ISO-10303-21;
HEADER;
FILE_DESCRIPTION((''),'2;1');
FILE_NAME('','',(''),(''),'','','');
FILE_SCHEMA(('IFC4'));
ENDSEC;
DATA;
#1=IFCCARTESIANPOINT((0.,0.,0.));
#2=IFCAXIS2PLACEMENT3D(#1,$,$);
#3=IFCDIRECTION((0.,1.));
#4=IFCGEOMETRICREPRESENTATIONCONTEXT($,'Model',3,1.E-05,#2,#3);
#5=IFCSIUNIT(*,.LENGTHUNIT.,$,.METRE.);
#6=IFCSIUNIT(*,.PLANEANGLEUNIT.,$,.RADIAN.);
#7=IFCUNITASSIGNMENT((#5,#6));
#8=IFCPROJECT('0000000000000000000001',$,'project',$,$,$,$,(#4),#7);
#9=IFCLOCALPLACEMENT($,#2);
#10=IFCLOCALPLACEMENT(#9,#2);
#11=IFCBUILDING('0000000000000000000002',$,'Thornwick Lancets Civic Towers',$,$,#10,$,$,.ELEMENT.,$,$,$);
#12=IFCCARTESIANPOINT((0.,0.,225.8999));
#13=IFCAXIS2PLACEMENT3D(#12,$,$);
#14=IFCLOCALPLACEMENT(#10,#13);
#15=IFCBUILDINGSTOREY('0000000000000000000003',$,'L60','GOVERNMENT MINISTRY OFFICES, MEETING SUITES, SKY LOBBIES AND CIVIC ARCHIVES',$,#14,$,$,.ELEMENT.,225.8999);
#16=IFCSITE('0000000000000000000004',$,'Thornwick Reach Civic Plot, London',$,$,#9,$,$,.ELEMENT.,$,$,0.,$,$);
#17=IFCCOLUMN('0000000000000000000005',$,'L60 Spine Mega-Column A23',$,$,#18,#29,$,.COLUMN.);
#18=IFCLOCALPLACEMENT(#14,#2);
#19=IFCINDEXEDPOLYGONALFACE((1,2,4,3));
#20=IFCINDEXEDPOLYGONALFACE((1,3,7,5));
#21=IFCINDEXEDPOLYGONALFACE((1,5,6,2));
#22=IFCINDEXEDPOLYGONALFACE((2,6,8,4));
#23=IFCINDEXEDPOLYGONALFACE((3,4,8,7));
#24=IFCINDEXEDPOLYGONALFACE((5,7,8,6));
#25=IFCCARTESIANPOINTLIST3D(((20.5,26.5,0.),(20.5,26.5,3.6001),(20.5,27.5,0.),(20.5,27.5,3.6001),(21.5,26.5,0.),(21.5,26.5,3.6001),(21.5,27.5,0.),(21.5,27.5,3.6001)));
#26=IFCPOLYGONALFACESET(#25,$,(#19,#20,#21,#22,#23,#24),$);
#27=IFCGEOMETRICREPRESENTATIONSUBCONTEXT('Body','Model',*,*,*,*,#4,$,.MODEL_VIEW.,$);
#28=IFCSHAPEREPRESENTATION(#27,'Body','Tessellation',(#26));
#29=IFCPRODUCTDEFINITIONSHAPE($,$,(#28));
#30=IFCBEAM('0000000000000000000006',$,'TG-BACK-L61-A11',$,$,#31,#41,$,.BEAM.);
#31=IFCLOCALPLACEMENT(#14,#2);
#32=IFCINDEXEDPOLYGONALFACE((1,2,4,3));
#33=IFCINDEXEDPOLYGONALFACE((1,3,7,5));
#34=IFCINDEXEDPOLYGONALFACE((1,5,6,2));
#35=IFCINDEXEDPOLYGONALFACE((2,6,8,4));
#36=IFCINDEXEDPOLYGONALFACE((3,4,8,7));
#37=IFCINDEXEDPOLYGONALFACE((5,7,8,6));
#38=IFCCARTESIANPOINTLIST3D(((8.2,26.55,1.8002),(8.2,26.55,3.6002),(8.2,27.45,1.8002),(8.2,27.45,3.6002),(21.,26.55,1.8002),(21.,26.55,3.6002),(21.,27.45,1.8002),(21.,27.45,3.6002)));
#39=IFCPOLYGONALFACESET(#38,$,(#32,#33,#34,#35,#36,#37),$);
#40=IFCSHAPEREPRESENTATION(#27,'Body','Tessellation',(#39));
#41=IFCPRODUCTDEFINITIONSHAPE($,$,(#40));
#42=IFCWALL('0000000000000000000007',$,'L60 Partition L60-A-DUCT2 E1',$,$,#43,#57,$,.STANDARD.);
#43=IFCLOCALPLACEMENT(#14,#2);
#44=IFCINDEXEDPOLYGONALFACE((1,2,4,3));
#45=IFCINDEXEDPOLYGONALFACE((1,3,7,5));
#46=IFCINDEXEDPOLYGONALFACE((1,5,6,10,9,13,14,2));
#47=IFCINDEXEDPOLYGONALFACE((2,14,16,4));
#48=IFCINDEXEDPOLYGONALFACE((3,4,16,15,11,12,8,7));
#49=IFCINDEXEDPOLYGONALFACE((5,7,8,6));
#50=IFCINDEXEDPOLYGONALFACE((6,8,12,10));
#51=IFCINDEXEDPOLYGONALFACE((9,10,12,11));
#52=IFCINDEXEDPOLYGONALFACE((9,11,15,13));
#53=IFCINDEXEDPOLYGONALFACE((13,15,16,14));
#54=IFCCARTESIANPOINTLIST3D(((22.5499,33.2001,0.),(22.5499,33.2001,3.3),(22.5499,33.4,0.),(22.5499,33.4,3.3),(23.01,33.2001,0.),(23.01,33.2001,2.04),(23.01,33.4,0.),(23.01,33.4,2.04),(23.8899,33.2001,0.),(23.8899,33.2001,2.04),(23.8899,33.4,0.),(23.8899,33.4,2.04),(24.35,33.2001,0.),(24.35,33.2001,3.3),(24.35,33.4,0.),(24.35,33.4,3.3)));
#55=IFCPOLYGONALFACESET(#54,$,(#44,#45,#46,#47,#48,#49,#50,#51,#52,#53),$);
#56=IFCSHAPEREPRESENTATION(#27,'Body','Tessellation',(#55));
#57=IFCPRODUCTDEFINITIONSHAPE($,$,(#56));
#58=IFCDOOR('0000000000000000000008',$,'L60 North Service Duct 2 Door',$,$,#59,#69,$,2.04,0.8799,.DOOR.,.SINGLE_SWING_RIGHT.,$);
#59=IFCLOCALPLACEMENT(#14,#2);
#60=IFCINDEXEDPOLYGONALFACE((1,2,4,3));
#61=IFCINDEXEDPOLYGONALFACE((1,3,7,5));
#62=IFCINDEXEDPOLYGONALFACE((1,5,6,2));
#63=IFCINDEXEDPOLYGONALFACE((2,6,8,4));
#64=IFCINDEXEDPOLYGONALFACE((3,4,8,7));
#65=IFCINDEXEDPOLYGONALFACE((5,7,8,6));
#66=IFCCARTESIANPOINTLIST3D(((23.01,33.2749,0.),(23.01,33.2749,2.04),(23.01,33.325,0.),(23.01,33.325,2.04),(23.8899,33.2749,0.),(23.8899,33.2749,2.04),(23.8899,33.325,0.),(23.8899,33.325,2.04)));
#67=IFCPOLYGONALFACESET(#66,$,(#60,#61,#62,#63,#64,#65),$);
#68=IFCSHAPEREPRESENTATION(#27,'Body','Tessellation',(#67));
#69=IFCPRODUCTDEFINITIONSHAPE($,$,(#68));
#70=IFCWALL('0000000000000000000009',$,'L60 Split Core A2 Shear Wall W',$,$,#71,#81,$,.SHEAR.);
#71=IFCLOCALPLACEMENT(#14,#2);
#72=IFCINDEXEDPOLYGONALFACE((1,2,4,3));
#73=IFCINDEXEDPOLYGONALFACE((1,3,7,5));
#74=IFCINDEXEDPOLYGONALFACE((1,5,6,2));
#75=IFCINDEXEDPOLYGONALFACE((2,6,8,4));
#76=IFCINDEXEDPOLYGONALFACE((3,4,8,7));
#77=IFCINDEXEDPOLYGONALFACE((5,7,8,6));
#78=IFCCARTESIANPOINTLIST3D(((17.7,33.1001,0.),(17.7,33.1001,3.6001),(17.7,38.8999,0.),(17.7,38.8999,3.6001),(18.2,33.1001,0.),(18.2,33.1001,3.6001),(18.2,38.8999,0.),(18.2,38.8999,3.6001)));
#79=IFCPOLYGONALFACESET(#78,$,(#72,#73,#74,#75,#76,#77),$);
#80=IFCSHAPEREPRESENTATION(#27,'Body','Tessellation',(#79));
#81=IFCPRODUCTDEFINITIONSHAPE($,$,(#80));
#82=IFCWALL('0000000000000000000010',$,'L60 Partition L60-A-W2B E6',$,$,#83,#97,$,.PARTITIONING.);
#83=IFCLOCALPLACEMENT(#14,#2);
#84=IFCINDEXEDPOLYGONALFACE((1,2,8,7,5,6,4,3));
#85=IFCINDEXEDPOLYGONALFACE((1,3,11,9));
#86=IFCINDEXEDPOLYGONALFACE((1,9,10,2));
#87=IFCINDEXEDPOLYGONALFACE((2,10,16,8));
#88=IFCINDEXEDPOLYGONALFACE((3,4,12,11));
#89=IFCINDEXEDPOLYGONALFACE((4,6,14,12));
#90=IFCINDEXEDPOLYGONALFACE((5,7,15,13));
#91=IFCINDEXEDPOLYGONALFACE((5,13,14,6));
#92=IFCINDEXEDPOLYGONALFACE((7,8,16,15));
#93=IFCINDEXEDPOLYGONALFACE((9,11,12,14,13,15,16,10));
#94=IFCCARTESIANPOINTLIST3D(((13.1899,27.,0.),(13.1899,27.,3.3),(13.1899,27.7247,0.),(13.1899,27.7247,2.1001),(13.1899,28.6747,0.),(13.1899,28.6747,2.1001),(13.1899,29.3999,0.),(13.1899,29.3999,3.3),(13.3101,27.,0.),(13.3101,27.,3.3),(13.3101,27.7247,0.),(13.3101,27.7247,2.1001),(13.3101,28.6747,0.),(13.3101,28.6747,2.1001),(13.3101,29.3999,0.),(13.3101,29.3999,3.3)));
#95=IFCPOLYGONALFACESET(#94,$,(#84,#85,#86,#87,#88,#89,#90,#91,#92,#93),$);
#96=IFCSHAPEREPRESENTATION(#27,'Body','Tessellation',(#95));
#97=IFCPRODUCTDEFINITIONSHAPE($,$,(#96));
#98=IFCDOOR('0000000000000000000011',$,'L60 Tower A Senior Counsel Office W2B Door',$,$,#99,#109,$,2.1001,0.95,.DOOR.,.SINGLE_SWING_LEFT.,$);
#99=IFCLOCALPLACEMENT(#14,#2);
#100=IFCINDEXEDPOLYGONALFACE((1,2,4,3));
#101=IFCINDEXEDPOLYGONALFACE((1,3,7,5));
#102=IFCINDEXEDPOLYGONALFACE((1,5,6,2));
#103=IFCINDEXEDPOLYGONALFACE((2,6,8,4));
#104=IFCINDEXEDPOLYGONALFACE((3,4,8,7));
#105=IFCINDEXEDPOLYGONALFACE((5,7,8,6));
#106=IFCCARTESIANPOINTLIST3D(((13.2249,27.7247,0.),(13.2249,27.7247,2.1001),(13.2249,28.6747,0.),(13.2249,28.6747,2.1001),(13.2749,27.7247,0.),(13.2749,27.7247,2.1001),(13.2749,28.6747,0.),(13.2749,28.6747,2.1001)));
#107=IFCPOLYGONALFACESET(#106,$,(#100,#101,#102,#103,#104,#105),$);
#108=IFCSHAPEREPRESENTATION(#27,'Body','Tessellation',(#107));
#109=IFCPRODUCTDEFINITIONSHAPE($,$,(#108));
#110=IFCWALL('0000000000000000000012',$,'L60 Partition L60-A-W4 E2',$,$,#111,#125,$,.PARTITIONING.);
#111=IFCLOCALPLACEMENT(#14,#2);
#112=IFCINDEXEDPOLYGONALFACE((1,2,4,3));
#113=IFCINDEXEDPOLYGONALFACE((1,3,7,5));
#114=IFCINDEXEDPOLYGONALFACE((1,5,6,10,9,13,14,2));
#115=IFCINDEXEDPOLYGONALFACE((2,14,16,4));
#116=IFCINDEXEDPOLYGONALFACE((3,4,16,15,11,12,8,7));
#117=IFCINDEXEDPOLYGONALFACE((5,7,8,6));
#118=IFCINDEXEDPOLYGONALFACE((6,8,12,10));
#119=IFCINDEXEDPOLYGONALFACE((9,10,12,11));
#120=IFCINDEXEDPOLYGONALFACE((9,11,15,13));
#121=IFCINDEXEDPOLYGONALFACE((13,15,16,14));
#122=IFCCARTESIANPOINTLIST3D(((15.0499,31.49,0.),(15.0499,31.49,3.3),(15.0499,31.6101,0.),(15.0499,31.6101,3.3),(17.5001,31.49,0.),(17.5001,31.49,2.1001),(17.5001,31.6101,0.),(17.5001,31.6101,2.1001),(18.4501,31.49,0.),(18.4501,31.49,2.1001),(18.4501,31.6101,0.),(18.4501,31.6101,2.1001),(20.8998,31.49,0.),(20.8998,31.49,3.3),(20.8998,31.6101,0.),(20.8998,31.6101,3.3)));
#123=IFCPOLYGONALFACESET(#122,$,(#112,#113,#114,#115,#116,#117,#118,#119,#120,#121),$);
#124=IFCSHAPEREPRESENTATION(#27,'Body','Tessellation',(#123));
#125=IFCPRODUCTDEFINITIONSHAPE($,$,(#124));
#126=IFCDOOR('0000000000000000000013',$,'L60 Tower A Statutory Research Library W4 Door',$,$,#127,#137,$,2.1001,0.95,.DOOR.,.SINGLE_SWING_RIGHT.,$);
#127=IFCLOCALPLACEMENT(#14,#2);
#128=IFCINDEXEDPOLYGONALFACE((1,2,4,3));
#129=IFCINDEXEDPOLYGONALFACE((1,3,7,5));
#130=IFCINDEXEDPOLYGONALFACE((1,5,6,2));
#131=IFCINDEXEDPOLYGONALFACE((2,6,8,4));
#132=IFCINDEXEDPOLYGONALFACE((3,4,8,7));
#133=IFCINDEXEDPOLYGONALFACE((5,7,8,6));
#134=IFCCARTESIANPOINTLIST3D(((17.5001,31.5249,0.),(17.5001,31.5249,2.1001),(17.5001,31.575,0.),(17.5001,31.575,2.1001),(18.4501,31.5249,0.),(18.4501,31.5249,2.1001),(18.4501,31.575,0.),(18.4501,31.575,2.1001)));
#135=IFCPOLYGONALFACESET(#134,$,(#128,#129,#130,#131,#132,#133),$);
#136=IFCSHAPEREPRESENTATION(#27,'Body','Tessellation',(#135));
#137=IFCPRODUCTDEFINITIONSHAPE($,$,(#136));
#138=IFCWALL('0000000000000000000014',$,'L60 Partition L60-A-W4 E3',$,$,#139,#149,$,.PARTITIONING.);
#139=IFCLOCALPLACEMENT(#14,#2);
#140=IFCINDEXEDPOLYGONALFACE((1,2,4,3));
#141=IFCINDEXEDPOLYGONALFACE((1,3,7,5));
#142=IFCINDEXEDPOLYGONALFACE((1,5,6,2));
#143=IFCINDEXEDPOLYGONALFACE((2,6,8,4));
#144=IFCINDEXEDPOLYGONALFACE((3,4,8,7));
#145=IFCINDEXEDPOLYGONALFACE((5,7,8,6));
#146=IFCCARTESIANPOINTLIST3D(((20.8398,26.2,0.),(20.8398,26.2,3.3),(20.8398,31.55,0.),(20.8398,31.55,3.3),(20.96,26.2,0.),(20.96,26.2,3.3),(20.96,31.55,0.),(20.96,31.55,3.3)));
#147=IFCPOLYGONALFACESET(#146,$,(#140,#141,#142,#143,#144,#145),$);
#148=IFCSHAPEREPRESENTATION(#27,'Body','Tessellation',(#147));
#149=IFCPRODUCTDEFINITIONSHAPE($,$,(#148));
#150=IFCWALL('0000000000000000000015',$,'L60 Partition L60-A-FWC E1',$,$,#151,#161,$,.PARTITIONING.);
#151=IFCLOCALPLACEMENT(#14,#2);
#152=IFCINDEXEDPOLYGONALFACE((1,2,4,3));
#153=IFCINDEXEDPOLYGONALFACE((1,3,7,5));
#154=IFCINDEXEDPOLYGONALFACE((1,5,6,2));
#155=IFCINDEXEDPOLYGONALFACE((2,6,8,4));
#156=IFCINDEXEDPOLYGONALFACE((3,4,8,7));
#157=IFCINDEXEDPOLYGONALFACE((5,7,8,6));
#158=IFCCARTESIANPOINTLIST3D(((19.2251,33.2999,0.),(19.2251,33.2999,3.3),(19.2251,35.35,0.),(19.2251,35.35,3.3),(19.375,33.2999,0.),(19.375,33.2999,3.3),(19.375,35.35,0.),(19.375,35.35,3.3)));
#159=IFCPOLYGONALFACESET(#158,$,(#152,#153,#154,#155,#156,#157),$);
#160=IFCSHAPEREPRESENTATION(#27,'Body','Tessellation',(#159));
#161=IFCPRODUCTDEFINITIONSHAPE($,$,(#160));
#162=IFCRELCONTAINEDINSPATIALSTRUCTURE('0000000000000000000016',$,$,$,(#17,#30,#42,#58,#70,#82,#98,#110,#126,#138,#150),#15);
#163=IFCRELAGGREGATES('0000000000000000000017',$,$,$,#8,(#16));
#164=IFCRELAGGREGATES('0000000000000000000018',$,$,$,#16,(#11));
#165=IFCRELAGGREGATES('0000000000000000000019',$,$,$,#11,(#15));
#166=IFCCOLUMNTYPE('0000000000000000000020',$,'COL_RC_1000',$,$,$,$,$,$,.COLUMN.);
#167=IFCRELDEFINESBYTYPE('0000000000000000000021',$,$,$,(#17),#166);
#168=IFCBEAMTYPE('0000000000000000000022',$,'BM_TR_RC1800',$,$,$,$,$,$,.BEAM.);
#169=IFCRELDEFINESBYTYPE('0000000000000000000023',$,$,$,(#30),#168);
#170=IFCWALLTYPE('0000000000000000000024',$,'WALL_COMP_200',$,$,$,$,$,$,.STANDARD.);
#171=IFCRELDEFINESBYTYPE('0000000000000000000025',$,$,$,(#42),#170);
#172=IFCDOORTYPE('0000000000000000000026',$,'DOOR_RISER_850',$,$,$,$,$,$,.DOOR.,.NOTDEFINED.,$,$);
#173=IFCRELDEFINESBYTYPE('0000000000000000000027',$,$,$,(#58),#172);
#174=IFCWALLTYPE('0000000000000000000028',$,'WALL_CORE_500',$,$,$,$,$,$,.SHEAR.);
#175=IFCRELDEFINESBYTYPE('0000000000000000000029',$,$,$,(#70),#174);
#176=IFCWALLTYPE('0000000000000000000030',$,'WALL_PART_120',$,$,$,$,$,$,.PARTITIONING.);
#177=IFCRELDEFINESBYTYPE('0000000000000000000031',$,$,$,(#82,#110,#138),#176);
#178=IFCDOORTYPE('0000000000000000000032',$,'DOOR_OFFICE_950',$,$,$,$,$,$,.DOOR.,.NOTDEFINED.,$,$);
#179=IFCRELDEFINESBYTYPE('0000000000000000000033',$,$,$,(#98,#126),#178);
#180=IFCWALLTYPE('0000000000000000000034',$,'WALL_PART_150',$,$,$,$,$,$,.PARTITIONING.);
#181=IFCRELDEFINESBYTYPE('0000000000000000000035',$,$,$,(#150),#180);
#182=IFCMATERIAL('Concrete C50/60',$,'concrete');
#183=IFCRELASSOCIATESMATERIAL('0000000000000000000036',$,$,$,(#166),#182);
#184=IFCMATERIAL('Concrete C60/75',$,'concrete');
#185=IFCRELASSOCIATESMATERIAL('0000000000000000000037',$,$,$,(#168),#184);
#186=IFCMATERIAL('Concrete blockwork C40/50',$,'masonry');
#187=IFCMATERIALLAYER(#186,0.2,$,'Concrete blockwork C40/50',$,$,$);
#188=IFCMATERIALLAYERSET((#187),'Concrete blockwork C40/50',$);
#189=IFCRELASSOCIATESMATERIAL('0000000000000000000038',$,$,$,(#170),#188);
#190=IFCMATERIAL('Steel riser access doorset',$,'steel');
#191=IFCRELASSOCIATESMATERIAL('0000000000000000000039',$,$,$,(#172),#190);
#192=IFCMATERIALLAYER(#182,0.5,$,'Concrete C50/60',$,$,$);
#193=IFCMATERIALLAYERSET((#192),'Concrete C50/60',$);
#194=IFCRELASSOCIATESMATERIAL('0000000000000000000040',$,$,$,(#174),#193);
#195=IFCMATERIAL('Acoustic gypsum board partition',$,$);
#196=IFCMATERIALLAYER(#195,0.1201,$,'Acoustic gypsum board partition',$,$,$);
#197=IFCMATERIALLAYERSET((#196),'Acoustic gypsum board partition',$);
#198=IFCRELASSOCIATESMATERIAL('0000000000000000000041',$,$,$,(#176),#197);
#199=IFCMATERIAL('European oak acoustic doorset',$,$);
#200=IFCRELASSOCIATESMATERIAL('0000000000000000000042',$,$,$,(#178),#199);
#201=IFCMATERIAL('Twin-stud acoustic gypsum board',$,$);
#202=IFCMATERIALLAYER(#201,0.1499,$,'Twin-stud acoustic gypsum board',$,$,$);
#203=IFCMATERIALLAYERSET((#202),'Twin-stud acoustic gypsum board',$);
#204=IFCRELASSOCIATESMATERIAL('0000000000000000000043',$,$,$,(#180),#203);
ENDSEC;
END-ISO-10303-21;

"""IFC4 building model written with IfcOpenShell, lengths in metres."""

from ifc_helpers import new_model, si_unit, direction, frame, frame_2d, origin, origin_2d, place, context, subcontext, project, spatial, rectangle, extrude, material, layer, layer_set, material_profile, profile_set, type_object, element, fill, save


model = new_model("IFC4")

# Units and contexts
model_context = context("Model", 3, precision=1e-05, world=origin(), true_north=direction((0.0, 1.0)))
body_context = subcontext(model_context, "Body", "Model", "MODEL_VIEW")
ifc_project = project(units=[si_unit("LENGTHUNIT", "METRE"), si_unit("PLANEANGLEUNIT", "RADIAN")], contexts=[model_context])

# Site, building, storey
site_placement = place(None, origin())
site = spatial("IfcSite", under=ifc_project, at=site_placement, Name="Thornwick Reach Civic Plot, London", CompositionType="ELEMENT", RefElevation=0.0)
building_placement = place(site_placement, origin())
building = spatial("IfcBuilding", under=site, at=building_placement, Name="Thornwick Lancets Civic Towers", CompositionType="ELEMENT")
storey_placement = place(building_placement, frame((0.0, 0.0, 225.8999)))
storey = spatial("IfcBuildingStorey", under=building, at=storey_placement, Name="L60", Description="GOVERNMENT MINISTRY OFFICES, MEETING SUITES, SKY LOBBIES AND CIVIC ARCHIVES", CompositionType="ELEMENT", Elevation=225.8999)

# Column
ifc_material_1 = material(Name="Concrete C50/60", Category="concrete")
ifc_material_profile_1 = material_profile(ifc_material_1, rectangle(XDim=1.0, YDim=1.0, at=origin_2d()), Name="RC 1000x1000")
ifc_profile_set_1 = profile_set([ifc_material_profile_1], Name="Concrete C50/60")
column_type = type_object("IfcColumnType", Name="COL_RC_1000", PredefinedType="COLUMN", material=ifc_profile_set_1)
column_placement = place(storey_placement, frame((21.0, 27.0, 0.0), z_axis=(0.0, 0.0, 1.0), x_axis=(1.0, 0.0, 0.0)))
element("IfcColumn", 1, at=column_placement, inside=storey, type_object=column_type, Name="L60 Spine Mega-Column A23", PredefinedType="COLUMN", context=body_context, shape_type="SweptSolid", body=[
    extrude(rectangle(XDim=1.0, YDim=1.0, at=origin_2d()), origin(), (0.0, 0.0, 1.0), 3.6001),
])

# Beam
ifc_material_2 = material(Name="Concrete C60/75", Category="concrete")
ifc_material_profile_2 = material_profile(ifc_material_2, rectangle(XDim=0.8999, YDim=1.8, at=origin_2d()), Name="RC 900x1800")
ifc_profile_set_2 = profile_set([ifc_material_profile_2], Name="Concrete C60/75")
beam_type = type_object("IfcBeamType", Name="BM_TR_RC1800", PredefinedType="BEAM", material=ifc_profile_set_2)
beam_placement = place(storey_placement, frame((21.0, 27.0, 2.7002), z_axis=(-1.0, 0.0, 0.0), x_axis=(0.0, -1.0, 0.0)))
element("IfcBeam", 2, at=beam_placement, inside=storey, type_object=beam_type, Name="TG-BACK-L61-A11", PredefinedType="BEAM", context=body_context, shape_type="SweptSolid", body=[
    extrude(rectangle(XDim=0.8999, YDim=1.8, at=origin_2d()), origin(), (0.0, 0.0, 1.0), 12.8),
])

# Wall, opening, door
ifc_material_3 = material(Name="Concrete blockwork C40/50", Category="masonry")
ifc_layer_1 = layer(ifc_material_3, 0.2, Name="Concrete blockwork C40/50")
ifc_layer_set_1 = layer_set([ifc_layer_1], Name="Concrete blockwork C40/50")
wall_type_1 = type_object("IfcWallType", Name="WALL_COMP_200", PredefinedType="STANDARD", material=ifc_layer_set_1)
wall_1_placement = place(storey_placement, frame((22.55, 33.3, 0.0), z_axis=(0.0, 0.0, 1.0), x_axis=(1.0, 0.0, 0.0)))
wall_1 = element("IfcWall", 3, at=wall_1_placement, inside=storey, type_object=wall_type_1, Name="L60 Partition L60-A-DUCT2 E1", PredefinedType="STANDARD", context=body_context, shape_type="SweptSolid", body=[
    extrude(rectangle(XDim=1.8, YDim=0.2, at=frame_2d((0.8999, 0.0))), origin(), (0.0, 0.0, 1.0), 3.3),
])
opening_1_placement = place(wall_1_placement, frame((0.46, 0.0, 0.0)))
opening_1 = element("IfcOpeningElement", 4, at=opening_1_placement, cuts=wall_1, PredefinedType="OPENING", context=body_context, shape_type="SweptSolid", body=[
    extrude(rectangle(XDim=0.8799, YDim=2.04, at=frame_2d((0.4399, 1.02))), frame((0.0, 0.1099, 0.0), z_axis=(0.0, -1.0, 0.0), x_axis=(1.0, 0.0, 0.0)), (0.0, 0.0, 1.0), 0.22),
])
ifc_material_4 = material(Name="Steel riser access doorset", Category="steel")
door_type_1 = type_object("IfcDoorType", Name="DOOR_RISER_850", OperationType="NOTDEFINED", PredefinedType="DOOR", material=ifc_material_4)
door_1_placement = place(opening_1_placement, origin())
door_1 = element("IfcDoor", 5, at=door_1_placement, inside=storey, type_object=door_type_1, Name="L60 North Service Duct 2 Door", OperationType="SINGLE_SWING_RIGHT", OverallHeight=2.04, OverallWidth=0.8799, PredefinedType="DOOR", context=body_context, shape_type="SweptSolid", body=[
    extrude(rectangle(XDim=0.8799, YDim=2.04, at=frame_2d((0.4399, 1.02))), frame((0.0, 0.0249, 0.0), z_axis=(0.0, -1.0, 0.0), x_axis=(1.0, 0.0, 0.0)), (0.0, 0.0, 1.0), 0.05),
])
fill(opening_1, door_1)

# Wall
ifc_layer_2 = layer(ifc_material_1, 0.5, Name="Concrete C50/60")
ifc_layer_set_2 = layer_set([ifc_layer_2], Name="Concrete C50/60")
wall_type_2 = type_object("IfcWallType", Name="WALL_CORE_500", PredefinedType="SHEAR", material=ifc_layer_set_2)
wall_2_placement = place(storey_placement, frame((17.95, 33.1001, 0.0), z_axis=(0.0, 0.0, 1.0), x_axis=(0.0, 1.0, 0.0)))
element("IfcWall", 6, at=wall_2_placement, inside=storey, type_object=wall_type_2, Name="L60 Split Core A2 Shear Wall W", PredefinedType="SHEAR", context=body_context, shape_type="SweptSolid", body=[
    extrude(rectangle(XDim=5.7998, YDim=0.5, at=frame_2d((2.8999, 0.0))), origin(), (0.0, 0.0, 1.0), 3.6001),
])

# Walls, openings, doors
ifc_material_5 = material(Name="Acoustic gypsum board partition")
ifc_layer_3 = layer(ifc_material_5, 0.1201, Name="Acoustic gypsum board partition")
ifc_layer_set_3 = layer_set([ifc_layer_3], Name="Acoustic gypsum board partition")
wall_type_3 = type_object("IfcWallType", Name="WALL_PART_120", PredefinedType="PARTITIONING", material=ifc_layer_set_3)
wall_3_placement = place(storey_placement, frame((13.25, 29.3999, 0.0), z_axis=(0.0, 0.0, 1.0), x_axis=(0.0, -1.0, 0.0)))
wall_3 = element("IfcWall", 7, at=wall_3_placement, inside=storey, type_object=wall_type_3, Name="L60 Partition L60-A-W2B E6", PredefinedType="PARTITIONING", context=body_context, shape_type="SweptSolid", body=[
    extrude(rectangle(XDim=2.3999, YDim=0.1201, at=frame_2d((1.2, 0.0))), origin(), (0.0, 0.0, 1.0), 3.3),
])
opening_2_placement = place(wall_3_placement, frame((0.7251, 0.0, 0.0)))
opening_2 = element("IfcOpeningElement", 8, at=opening_2_placement, cuts=wall_3, PredefinedType="OPENING", context=body_context, shape_type="SweptSolid", body=[
    extrude(rectangle(XDim=0.95, YDim=2.1001, at=frame_2d((0.4751, 1.05))), frame((0.0, 0.0701, 0.0), z_axis=(0.0, -1.0, 0.0), x_axis=(1.0, 0.0, 0.0)), (0.0, 0.0, 1.0), 0.1401),
])
ifc_material_6 = material(Name="European oak acoustic doorset")
door_type_2 = type_object("IfcDoorType", Name="DOOR_OFFICE_950", OperationType="NOTDEFINED", PredefinedType="DOOR", material=ifc_material_6)
door_2_placement = place(opening_2_placement, origin())
door_2 = element("IfcDoor", 9, at=door_2_placement, inside=storey, type_object=door_type_2, Name="L60 Tower A Senior Counsel Office W2B Door", OperationType="SINGLE_SWING_LEFT", OverallHeight=2.1001, OverallWidth=0.95, PredefinedType="DOOR", context=body_context, shape_type="SweptSolid", body=[
    extrude(rectangle(XDim=0.95, YDim=2.1001, at=frame_2d((0.4751, 1.05))), frame((0.0, 0.0249, 0.0), z_axis=(0.0, -1.0, 0.0), x_axis=(1.0, 0.0, 0.0)), (0.0, 0.0, 1.0), 0.05),
])
fill(opening_2, door_2)
wall_4_placement = place(storey_placement, frame((15.05, 31.55, 0.0), z_axis=(0.0, 0.0, 1.0), x_axis=(1.0, 0.0, 0.0)))
wall_4 = element("IfcWall", 10, at=wall_4_placement, inside=storey, type_object=wall_type_3, Name="L60 Partition L60-A-W4 E2", PredefinedType="PARTITIONING", context=body_context, shape_type="SweptSolid", body=[
    extrude(rectangle(XDim=5.8499, YDim=0.1201, at=frame_2d((2.9248, 0.0))), origin(), (0.0, 0.0, 1.0), 3.3),
])
opening_3_placement = place(wall_4_placement, frame((2.45, 0.0, 0.0)))
opening_3 = element("IfcOpeningElement", 11, at=opening_3_placement, cuts=wall_4, PredefinedType="OPENING", context=body_context, shape_type="SweptSolid", body=[
    extrude(rectangle(XDim=0.95, YDim=2.1001, at=frame_2d((0.4751, 1.05))), frame((0.0, 0.0701, 0.0), z_axis=(0.0, -1.0, 0.0), x_axis=(1.0, 0.0, 0.0)), (0.0, 0.0, 1.0), 0.1401),
])
door_3_placement = place(opening_3_placement, origin())
door_3 = element("IfcDoor", 12, at=door_3_placement, inside=storey, type_object=door_type_2, Name="L60 Tower A Statutory Research Library W4 Door", OperationType="SINGLE_SWING_RIGHT", OverallHeight=2.1001, OverallWidth=0.95, PredefinedType="DOOR", context=body_context, shape_type="SweptSolid", body=[
    extrude(rectangle(XDim=0.95, YDim=2.1001, at=frame_2d((0.4751, 1.05))), frame((0.0, 0.0249, 0.0), z_axis=(0.0, -1.0, 0.0), x_axis=(1.0, 0.0, 0.0)), (0.0, 0.0, 1.0), 0.05),
])
fill(opening_3, door_3)

# Walls
wall_5_placement = place(storey_placement, frame((20.8999, 31.55, 0.0), z_axis=(0.0, 0.0, 1.0), x_axis=(0.0, -1.0, 0.0)))
element("IfcWall", 13, at=wall_5_placement, inside=storey, type_object=wall_type_3, Name="L60 Partition L60-A-W4 E3", PredefinedType="PARTITIONING", context=body_context, shape_type="SweptSolid", body=[
    extrude(rectangle(XDim=5.3501, YDim=0.1201, at=frame_2d((2.675, 0.0))), origin(), (0.0, 0.0, 1.0), 3.3),
])
ifc_material_7 = material(Name="Twin-stud acoustic gypsum board")
ifc_layer_4 = layer(ifc_material_7, 0.1499, Name="Twin-stud acoustic gypsum board")
ifc_layer_set_4 = layer_set([ifc_layer_4], Name="Twin-stud acoustic gypsum board")
wall_type_4 = type_object("IfcWallType", Name="WALL_PART_150", PredefinedType="PARTITIONING", material=ifc_layer_set_4)
wall_6_placement = place(storey_placement, frame((19.3, 33.3, 0.0), z_axis=(0.0, 0.0, 1.0), x_axis=(0.0, 1.0, 0.0)))
element("IfcWall", 14, at=wall_6_placement, inside=storey, type_object=wall_type_4, Name="L60 Partition L60-A-FWC E1", PredefinedType="PARTITIONING", context=body_context, shape_type="SweptSolid", body=[
    extrude(rectangle(XDim=2.05, YDim=0.1499, at=frame_2d((1.0249, 0.0))), origin(), (0.0, 0.0, 1.0), 3.3),
])

save(model, "model.ifc")
